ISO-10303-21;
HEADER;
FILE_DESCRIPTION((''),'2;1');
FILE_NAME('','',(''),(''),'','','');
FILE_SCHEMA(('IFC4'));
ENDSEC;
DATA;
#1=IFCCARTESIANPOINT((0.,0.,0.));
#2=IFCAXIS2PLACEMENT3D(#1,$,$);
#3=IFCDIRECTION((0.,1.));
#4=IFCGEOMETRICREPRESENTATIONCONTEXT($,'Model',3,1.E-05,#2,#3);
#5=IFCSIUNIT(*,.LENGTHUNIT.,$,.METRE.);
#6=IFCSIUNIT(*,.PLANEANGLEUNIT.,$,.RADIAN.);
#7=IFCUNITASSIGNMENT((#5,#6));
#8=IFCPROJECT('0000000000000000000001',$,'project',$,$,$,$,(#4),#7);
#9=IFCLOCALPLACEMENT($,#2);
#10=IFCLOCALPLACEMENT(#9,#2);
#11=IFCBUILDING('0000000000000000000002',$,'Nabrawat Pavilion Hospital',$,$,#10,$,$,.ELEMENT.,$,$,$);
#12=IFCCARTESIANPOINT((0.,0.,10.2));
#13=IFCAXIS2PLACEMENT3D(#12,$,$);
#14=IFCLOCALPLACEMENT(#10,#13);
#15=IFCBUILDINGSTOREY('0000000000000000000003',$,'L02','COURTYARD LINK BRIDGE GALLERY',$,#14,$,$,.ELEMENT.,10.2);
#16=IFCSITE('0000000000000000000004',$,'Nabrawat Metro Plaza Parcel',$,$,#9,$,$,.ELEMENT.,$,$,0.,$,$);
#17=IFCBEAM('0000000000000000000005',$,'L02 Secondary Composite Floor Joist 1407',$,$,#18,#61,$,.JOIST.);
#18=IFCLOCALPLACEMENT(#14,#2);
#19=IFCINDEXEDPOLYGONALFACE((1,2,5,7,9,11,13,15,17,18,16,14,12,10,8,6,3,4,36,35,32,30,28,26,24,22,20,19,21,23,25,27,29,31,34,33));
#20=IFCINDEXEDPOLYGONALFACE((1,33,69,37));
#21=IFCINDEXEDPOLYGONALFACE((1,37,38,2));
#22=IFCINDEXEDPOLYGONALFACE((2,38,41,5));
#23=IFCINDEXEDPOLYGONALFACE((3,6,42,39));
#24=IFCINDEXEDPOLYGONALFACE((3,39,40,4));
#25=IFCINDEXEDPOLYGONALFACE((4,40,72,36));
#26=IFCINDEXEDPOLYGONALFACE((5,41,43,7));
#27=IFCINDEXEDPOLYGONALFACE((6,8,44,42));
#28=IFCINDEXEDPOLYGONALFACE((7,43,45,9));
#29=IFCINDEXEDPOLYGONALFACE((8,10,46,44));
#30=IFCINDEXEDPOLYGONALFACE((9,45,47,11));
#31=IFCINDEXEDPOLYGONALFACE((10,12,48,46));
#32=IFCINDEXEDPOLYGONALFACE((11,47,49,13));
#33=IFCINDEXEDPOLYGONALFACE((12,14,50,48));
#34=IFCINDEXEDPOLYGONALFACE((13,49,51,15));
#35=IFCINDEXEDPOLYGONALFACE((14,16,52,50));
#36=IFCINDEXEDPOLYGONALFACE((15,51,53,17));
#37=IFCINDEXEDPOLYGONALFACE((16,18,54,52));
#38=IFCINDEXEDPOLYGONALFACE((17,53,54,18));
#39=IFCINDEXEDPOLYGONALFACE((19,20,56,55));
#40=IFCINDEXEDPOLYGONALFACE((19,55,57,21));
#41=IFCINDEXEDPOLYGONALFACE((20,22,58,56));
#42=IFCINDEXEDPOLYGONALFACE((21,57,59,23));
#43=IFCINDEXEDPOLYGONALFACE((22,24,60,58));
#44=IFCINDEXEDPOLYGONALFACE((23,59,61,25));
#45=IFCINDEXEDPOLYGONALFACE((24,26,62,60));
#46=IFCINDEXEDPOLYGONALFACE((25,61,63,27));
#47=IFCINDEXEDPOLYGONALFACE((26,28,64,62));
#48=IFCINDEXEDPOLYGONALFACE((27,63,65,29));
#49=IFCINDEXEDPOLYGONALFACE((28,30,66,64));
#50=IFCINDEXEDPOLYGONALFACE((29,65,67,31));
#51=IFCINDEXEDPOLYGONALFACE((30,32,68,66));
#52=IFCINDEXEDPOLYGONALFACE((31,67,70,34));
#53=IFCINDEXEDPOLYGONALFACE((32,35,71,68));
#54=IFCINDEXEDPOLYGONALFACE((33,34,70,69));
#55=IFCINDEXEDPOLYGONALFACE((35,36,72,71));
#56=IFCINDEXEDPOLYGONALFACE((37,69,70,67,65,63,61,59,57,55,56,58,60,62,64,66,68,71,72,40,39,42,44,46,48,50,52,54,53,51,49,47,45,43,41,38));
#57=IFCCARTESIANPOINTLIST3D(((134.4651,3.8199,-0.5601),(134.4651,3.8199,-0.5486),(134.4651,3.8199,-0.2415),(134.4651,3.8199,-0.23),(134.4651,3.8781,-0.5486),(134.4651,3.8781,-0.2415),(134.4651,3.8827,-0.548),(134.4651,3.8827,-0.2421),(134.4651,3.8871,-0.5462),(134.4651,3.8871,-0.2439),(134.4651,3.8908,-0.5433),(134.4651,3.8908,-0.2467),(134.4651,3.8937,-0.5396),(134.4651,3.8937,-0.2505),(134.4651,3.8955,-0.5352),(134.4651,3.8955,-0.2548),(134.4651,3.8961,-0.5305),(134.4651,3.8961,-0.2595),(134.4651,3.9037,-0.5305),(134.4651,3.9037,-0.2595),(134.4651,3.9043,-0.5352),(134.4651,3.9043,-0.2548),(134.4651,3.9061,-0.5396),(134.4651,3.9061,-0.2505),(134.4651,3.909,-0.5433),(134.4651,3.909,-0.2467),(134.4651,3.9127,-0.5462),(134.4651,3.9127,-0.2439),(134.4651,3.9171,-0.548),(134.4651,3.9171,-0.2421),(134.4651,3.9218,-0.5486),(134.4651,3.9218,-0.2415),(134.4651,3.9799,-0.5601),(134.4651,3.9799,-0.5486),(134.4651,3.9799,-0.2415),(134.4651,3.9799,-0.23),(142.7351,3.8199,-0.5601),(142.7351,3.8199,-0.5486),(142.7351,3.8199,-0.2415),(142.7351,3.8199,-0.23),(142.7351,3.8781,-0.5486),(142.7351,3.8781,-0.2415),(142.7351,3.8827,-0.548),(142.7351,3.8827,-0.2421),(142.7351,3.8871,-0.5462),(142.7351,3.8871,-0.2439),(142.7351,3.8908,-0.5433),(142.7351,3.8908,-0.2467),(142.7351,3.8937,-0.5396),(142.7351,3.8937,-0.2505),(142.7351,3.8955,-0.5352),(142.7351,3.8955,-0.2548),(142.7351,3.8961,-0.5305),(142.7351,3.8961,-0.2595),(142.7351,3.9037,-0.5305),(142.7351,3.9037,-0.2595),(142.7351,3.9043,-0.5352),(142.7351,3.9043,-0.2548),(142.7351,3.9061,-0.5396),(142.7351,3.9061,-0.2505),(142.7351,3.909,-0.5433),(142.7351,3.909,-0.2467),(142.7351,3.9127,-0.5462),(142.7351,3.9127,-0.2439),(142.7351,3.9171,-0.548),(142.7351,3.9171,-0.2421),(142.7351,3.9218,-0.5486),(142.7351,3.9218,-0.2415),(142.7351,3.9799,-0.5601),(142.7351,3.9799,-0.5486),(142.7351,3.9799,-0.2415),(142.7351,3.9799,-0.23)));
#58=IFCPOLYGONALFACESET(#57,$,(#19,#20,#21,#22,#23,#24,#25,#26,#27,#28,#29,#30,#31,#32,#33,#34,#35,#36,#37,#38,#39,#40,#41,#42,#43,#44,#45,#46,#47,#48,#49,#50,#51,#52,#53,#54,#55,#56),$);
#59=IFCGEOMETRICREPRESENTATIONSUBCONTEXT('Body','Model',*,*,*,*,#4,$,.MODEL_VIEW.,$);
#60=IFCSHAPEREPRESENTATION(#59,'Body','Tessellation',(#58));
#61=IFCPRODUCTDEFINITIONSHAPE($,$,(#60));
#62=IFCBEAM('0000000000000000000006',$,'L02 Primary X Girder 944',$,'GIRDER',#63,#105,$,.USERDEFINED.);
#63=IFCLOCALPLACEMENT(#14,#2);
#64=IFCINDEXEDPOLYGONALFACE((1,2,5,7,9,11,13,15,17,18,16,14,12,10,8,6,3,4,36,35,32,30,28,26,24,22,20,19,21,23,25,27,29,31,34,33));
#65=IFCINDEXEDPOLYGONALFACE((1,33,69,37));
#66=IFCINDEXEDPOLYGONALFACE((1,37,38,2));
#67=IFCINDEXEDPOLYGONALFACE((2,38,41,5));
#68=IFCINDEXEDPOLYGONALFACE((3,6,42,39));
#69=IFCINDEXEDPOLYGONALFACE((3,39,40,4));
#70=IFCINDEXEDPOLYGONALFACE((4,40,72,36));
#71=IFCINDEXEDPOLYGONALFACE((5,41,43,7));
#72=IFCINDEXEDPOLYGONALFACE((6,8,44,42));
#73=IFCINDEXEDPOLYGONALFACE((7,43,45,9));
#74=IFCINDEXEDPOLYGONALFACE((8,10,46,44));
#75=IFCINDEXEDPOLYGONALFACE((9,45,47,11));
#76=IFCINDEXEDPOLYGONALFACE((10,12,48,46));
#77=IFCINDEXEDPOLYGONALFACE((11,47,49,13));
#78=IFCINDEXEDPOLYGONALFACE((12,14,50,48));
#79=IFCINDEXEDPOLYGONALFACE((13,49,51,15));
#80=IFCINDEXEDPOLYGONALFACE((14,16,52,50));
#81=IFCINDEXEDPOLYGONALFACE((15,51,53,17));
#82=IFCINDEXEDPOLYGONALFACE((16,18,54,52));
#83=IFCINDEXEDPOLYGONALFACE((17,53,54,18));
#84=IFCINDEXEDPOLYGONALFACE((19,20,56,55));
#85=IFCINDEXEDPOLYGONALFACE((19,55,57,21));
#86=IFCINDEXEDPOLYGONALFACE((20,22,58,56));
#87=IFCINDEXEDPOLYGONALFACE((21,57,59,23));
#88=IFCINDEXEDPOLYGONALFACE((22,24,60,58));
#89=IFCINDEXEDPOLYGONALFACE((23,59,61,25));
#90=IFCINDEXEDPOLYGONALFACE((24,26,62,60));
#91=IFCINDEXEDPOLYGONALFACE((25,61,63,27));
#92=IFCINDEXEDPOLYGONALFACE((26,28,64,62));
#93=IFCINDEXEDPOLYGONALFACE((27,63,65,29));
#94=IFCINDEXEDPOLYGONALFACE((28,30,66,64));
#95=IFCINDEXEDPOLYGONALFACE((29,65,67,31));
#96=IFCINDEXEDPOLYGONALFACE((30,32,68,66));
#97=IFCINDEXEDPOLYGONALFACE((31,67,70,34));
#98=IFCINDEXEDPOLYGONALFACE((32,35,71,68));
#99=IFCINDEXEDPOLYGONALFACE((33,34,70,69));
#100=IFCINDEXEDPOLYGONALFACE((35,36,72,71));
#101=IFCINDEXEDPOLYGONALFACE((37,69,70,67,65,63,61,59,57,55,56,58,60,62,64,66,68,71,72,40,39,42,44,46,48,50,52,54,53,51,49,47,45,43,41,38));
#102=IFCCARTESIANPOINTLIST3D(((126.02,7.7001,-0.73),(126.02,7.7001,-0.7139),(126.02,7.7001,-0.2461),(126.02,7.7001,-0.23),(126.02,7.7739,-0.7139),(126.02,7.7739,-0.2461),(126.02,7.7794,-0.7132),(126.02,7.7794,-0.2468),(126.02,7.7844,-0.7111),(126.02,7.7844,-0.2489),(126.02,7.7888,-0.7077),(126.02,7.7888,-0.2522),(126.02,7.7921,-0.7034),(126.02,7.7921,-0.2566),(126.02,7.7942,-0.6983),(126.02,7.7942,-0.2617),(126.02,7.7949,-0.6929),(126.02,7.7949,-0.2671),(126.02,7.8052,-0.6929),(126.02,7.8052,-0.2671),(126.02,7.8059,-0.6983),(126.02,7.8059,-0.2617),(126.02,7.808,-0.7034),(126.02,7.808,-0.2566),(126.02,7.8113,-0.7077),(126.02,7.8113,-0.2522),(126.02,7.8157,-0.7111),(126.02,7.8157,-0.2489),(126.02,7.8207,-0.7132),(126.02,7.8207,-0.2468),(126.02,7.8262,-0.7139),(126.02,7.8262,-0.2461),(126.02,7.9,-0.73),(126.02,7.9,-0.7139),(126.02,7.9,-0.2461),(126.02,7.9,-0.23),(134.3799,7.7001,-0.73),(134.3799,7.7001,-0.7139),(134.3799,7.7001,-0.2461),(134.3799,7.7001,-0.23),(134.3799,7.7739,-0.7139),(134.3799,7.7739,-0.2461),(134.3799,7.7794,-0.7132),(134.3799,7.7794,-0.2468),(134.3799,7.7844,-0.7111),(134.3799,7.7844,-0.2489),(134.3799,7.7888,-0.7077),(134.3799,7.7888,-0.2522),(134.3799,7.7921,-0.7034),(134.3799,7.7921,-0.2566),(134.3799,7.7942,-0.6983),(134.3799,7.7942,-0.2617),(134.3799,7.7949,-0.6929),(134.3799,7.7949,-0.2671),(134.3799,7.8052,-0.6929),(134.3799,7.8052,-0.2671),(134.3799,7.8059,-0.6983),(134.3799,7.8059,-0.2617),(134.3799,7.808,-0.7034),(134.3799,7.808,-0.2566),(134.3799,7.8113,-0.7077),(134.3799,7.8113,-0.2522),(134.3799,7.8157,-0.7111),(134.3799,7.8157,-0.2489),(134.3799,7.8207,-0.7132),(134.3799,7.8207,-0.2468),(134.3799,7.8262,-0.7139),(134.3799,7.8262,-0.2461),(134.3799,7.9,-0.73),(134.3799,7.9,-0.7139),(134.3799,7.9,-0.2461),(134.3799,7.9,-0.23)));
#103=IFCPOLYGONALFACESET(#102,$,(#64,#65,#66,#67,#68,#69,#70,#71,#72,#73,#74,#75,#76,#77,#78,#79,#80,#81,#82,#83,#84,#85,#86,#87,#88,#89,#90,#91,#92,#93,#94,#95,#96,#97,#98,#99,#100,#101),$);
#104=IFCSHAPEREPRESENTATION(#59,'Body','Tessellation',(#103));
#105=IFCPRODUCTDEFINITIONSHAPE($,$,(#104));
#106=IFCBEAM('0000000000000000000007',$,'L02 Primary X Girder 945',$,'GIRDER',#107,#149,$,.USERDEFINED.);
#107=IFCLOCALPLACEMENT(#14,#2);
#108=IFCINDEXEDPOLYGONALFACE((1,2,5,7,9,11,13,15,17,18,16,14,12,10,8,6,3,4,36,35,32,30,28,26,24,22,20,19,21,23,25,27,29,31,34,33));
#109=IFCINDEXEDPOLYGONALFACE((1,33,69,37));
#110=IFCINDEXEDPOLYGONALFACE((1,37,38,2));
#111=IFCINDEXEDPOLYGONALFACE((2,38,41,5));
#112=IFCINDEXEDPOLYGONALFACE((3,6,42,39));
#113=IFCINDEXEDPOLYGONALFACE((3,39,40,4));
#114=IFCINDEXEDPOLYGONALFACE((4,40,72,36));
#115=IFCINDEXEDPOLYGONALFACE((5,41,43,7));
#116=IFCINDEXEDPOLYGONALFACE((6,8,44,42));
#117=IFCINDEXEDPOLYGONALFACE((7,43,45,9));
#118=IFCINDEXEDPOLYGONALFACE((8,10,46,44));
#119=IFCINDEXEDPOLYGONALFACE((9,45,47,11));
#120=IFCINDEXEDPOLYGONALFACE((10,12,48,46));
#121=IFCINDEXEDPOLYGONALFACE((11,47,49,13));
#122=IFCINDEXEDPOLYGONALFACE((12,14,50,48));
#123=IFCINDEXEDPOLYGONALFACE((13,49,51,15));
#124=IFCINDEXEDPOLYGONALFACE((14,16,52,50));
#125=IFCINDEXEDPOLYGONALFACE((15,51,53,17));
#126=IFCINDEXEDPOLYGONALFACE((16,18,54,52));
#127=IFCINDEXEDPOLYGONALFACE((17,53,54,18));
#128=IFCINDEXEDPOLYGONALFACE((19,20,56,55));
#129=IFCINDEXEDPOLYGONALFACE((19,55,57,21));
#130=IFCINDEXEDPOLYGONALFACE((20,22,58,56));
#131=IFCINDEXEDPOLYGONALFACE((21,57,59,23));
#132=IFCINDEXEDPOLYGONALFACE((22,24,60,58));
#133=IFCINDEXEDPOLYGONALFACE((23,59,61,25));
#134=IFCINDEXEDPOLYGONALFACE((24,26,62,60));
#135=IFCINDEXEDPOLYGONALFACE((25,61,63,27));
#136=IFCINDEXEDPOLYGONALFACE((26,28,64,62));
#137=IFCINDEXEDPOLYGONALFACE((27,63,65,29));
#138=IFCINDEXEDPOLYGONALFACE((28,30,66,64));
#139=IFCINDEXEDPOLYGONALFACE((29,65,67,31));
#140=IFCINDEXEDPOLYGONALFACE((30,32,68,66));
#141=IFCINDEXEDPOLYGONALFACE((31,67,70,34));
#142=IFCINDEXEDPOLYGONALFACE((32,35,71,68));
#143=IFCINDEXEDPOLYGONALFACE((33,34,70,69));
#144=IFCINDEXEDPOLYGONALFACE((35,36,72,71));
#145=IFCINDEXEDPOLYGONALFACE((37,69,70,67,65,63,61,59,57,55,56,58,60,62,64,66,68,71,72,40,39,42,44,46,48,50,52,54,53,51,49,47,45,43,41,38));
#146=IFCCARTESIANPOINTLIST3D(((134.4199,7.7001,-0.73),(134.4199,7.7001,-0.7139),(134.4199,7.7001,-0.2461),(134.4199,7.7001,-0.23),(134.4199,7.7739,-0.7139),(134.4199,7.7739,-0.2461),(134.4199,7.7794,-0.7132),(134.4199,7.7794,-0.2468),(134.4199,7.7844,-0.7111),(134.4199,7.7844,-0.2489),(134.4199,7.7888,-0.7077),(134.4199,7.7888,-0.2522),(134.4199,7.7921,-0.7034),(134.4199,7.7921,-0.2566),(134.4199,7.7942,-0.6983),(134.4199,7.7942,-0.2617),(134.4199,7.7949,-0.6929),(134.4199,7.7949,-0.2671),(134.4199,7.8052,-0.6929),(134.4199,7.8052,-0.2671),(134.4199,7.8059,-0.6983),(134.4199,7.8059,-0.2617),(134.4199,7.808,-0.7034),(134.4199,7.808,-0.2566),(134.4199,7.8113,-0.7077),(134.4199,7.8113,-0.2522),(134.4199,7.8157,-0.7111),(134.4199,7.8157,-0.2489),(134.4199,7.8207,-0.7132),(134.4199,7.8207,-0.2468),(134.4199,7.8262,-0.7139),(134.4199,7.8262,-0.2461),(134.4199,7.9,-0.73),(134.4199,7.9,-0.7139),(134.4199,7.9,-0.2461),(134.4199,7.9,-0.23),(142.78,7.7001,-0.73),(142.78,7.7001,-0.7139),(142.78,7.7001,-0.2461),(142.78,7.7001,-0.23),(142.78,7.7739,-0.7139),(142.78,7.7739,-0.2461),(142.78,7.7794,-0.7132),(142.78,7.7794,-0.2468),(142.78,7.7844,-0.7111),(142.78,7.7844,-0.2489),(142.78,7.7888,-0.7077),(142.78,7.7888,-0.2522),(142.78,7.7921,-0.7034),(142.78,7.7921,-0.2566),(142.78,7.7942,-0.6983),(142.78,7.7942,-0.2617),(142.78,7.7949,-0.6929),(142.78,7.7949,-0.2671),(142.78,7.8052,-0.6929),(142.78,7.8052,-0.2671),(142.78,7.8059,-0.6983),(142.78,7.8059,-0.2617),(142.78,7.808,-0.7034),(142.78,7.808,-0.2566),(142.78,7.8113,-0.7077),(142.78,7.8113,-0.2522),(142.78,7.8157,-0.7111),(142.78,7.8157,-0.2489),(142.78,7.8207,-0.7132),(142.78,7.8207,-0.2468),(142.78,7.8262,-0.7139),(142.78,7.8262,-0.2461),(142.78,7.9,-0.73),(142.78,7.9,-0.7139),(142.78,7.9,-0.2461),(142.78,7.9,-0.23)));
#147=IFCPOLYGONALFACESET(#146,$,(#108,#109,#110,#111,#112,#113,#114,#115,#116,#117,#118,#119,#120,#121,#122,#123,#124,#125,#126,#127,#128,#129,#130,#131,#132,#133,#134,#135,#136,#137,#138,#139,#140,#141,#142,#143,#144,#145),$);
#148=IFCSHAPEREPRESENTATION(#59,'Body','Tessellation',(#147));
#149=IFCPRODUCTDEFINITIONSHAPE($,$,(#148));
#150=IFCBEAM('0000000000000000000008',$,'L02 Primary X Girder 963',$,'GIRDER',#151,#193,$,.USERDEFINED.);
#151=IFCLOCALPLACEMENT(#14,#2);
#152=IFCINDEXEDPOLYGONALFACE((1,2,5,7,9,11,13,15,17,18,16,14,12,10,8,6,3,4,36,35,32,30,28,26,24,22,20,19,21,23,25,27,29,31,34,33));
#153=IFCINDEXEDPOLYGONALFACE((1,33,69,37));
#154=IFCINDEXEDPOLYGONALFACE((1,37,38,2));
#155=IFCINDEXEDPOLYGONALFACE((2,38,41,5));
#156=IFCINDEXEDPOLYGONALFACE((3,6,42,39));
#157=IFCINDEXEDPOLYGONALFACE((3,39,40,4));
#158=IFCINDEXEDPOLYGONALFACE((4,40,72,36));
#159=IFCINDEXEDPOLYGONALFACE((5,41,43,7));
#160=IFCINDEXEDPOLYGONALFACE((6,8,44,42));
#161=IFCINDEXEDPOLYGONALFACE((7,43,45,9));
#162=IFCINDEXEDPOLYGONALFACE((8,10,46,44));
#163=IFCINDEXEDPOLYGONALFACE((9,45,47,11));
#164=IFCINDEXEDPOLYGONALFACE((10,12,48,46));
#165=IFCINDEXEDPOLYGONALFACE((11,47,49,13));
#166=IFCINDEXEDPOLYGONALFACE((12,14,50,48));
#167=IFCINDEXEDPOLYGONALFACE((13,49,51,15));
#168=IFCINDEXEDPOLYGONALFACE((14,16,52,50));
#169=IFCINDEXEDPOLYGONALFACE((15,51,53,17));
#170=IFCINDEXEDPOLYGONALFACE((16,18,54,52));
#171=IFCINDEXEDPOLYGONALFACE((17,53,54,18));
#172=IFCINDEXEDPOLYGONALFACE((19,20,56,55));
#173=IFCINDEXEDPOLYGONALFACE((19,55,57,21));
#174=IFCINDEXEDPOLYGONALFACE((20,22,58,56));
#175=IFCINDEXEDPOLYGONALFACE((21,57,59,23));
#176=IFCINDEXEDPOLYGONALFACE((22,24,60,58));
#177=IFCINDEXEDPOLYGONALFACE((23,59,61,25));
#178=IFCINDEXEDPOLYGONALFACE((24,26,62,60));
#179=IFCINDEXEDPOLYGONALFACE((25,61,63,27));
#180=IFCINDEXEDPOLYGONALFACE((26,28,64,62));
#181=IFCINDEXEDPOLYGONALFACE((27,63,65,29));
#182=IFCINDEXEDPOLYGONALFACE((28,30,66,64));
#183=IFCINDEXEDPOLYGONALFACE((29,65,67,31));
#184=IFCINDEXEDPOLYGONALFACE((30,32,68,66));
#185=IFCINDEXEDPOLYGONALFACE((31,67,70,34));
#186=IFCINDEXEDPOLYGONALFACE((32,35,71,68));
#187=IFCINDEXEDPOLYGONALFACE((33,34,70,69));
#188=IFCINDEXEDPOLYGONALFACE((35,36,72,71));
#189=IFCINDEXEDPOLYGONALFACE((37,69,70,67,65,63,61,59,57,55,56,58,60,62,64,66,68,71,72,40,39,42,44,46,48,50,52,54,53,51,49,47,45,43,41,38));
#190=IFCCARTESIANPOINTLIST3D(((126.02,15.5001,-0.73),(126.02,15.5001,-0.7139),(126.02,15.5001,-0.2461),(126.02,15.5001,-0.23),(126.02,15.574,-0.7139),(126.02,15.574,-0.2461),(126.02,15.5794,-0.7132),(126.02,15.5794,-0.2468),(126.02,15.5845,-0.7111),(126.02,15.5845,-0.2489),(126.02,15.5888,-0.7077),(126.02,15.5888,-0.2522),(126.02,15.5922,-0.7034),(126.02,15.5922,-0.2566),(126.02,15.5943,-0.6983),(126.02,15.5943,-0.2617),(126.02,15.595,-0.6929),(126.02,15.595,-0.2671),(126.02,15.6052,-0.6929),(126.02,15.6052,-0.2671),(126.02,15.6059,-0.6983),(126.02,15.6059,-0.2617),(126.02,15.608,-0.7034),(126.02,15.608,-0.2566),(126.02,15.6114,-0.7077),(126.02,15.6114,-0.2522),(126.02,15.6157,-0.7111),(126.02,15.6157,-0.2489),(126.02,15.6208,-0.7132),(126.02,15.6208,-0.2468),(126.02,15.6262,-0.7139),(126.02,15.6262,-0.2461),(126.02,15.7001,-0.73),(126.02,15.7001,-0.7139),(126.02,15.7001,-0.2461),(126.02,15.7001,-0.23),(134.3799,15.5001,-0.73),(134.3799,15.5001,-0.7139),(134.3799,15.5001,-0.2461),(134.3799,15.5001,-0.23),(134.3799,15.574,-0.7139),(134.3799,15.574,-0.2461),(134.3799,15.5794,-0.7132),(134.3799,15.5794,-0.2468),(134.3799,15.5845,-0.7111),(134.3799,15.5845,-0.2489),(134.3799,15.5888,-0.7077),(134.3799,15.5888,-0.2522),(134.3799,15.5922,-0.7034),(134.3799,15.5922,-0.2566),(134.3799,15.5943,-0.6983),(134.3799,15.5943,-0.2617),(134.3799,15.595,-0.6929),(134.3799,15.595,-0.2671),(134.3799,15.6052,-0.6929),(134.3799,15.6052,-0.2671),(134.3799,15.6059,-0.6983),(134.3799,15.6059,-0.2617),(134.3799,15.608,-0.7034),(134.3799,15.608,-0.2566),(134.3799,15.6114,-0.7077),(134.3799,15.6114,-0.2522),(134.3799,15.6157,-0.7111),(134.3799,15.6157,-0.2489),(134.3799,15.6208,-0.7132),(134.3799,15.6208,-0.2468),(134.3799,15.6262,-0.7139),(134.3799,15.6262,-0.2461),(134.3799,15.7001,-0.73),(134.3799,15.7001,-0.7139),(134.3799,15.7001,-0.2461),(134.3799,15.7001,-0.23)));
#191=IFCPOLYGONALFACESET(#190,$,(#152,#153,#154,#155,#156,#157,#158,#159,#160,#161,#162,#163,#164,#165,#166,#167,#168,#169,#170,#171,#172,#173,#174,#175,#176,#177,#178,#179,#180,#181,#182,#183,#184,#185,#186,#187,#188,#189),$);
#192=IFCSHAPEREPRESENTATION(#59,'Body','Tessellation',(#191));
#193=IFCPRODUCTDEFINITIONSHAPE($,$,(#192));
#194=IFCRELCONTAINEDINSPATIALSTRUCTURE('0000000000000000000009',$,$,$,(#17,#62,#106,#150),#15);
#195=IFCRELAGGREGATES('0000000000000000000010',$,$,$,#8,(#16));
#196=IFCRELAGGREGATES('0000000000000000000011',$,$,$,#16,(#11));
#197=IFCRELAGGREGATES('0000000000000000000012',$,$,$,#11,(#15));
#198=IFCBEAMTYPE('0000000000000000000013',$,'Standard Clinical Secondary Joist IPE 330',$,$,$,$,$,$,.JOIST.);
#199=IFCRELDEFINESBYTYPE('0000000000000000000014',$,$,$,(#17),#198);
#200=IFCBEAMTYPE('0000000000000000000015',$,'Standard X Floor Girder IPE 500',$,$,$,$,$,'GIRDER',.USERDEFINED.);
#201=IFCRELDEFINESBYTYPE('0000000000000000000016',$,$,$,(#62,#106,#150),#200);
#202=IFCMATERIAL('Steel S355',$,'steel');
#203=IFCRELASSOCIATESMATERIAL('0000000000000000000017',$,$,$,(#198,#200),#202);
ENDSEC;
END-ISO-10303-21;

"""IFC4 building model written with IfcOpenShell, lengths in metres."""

from ifc_helpers import new_model, si_unit, direction, frame, origin, origin_2d, place, context, subcontext, project, spatial, i_section, extrude, material, material_profile, profile_set, type_object, element, save


model = new_model("IFC4")

# Units and contexts
model_context = context("Model", 3, precision=1e-05, world=origin(), true_north=direction((0.0, 1.0)))
body_context = subcontext(model_context, "Body", "Model", "MODEL_VIEW")
ifc_project = project(units=[si_unit("LENGTHUNIT", "METRE"), si_unit("PLANEANGLEUNIT", "RADIAN")], contexts=[model_context])

# Site, building, storey
site_placement = place(None, origin())
site = spatial("IfcSite", under=ifc_project, at=site_placement, Name="Nabrawat Metro Plaza Parcel", CompositionType="ELEMENT", RefElevation=0.0)
building_placement = place(site_placement, origin())
building = spatial("IfcBuilding", under=site, at=building_placement, Name="Nabrawat Pavilion Hospital", CompositionType="ELEMENT")
storey_placement = place(building_placement, frame((0.0, 0.0, 10.2)))
storey = spatial("IfcBuildingStorey", under=building, at=storey_placement, Name="L02", Description="COURTYARD LINK BRIDGE GALLERY", CompositionType="ELEMENT", Elevation=10.2)

# Shared definitions
ifc_material_1 = material(Name="Steel S355", Category="steel")

# Beams
ifc_material_profile_1 = material_profile(ifc_material_1, i_section(OverallWidth=0.1599, OverallDepth=0.3301, WebThickness=0.0076, FlangeThickness=0.0115, FilletRadius=0.0181, at=origin_2d()), Name="IPE 330")
ifc_profile_set_1 = profile_set([ifc_material_profile_1], Name="Steel S355")
beam_type_1 = type_object("IfcBeamType", Name="Standard Clinical Secondary Joist IPE 330", PredefinedType="JOIST", material=ifc_profile_set_1)
beam_1_placement = place(storey_placement, frame((134.4651, 3.8999, -0.395), z_axis=(1.0, 0.0, 0.0), x_axis=(0.0, 1.0, 0.0)))
element("IfcBeam", 1, at=beam_1_placement, inside=storey, type_object=beam_type_1, Name="L02 Secondary Composite Floor Joist 1407", PredefinedType="JOIST", context=body_context, shape_type="SweptSolid", body=[
    extrude(i_section(OverallWidth=0.1599, OverallDepth=0.3301, WebThickness=0.0076, FlangeThickness=0.0115, FilletRadius=0.0181, at=origin_2d()), origin(), (0.0, 0.0, 1.0), 8.27),
])
ifc_material_profile_2 = material_profile(ifc_material_1, i_section(OverallWidth=0.2, OverallDepth=0.5, WebThickness=0.0103, FlangeThickness=0.0161, FilletRadius=0.021, at=origin_2d()), Name="IPE 500")
ifc_profile_set_2 = profile_set([ifc_material_profile_2], Name="Steel S355")
beam_type_2 = type_object("IfcBeamType", Name="Standard X Floor Girder IPE 500", ElementType="GIRDER", PredefinedType="USERDEFINED", material=ifc_profile_set_2)
beam_2_placement = place(storey_placement, frame((126.02, 7.8, -0.48), z_axis=(1.0, 0.0, 0.0), x_axis=(0.0, 1.0, 0.0)))
element("IfcBeam", 2, at=beam_2_placement, inside=storey, type_object=beam_type_2, Name="L02 Primary X Girder 944", ObjectType="GIRDER", PredefinedType="USERDEFINED", context=body_context, shape_type="SweptSolid", body=[
    extrude(i_section(OverallWidth=0.2, OverallDepth=0.5, WebThickness=0.0103, FlangeThickness=0.0161, FilletRadius=0.021, at=origin_2d()), origin(), (0.0, 0.0, 1.0), 8.3599),
])
beam_3_placement = place(storey_placement, frame((134.4199, 7.8, -0.48), z_axis=(1.0, 0.0, 0.0), x_axis=(0.0, 1.0, 0.0)))
element("IfcBeam", 3, at=beam_3_placement, inside=storey, type_object=beam_type_2, Name="L02 Primary X Girder 945", ObjectType="GIRDER", PredefinedType="USERDEFINED", context=body_context, shape_type="SweptSolid", body=[
    extrude(i_section(OverallWidth=0.2, OverallDepth=0.5, WebThickness=0.0103, FlangeThickness=0.0161, FilletRadius=0.021, at=origin_2d()), origin(), (0.0, 0.0, 1.0), 8.3601),
])
beam_4_placement = place(storey_placement, frame((126.02, 15.6001, -0.48), z_axis=(1.0, 0.0, 0.0), x_axis=(0.0, 1.0, 0.0)))
element("IfcBeam", 4, at=beam_4_placement, inside=storey, type_object=beam_type_2, Name="L02 Primary X Girder 963", ObjectType="GIRDER", PredefinedType="USERDEFINED", context=body_context, shape_type="SweptSolid", body=[
    extrude(i_section(OverallWidth=0.2, OverallDepth=0.5, WebThickness=0.0103, FlangeThickness=0.0161, FilletRadius=0.021, at=origin_2d()), origin(), (0.0, 0.0, 1.0), 8.3599),
])

save(model, "model.ifc")
